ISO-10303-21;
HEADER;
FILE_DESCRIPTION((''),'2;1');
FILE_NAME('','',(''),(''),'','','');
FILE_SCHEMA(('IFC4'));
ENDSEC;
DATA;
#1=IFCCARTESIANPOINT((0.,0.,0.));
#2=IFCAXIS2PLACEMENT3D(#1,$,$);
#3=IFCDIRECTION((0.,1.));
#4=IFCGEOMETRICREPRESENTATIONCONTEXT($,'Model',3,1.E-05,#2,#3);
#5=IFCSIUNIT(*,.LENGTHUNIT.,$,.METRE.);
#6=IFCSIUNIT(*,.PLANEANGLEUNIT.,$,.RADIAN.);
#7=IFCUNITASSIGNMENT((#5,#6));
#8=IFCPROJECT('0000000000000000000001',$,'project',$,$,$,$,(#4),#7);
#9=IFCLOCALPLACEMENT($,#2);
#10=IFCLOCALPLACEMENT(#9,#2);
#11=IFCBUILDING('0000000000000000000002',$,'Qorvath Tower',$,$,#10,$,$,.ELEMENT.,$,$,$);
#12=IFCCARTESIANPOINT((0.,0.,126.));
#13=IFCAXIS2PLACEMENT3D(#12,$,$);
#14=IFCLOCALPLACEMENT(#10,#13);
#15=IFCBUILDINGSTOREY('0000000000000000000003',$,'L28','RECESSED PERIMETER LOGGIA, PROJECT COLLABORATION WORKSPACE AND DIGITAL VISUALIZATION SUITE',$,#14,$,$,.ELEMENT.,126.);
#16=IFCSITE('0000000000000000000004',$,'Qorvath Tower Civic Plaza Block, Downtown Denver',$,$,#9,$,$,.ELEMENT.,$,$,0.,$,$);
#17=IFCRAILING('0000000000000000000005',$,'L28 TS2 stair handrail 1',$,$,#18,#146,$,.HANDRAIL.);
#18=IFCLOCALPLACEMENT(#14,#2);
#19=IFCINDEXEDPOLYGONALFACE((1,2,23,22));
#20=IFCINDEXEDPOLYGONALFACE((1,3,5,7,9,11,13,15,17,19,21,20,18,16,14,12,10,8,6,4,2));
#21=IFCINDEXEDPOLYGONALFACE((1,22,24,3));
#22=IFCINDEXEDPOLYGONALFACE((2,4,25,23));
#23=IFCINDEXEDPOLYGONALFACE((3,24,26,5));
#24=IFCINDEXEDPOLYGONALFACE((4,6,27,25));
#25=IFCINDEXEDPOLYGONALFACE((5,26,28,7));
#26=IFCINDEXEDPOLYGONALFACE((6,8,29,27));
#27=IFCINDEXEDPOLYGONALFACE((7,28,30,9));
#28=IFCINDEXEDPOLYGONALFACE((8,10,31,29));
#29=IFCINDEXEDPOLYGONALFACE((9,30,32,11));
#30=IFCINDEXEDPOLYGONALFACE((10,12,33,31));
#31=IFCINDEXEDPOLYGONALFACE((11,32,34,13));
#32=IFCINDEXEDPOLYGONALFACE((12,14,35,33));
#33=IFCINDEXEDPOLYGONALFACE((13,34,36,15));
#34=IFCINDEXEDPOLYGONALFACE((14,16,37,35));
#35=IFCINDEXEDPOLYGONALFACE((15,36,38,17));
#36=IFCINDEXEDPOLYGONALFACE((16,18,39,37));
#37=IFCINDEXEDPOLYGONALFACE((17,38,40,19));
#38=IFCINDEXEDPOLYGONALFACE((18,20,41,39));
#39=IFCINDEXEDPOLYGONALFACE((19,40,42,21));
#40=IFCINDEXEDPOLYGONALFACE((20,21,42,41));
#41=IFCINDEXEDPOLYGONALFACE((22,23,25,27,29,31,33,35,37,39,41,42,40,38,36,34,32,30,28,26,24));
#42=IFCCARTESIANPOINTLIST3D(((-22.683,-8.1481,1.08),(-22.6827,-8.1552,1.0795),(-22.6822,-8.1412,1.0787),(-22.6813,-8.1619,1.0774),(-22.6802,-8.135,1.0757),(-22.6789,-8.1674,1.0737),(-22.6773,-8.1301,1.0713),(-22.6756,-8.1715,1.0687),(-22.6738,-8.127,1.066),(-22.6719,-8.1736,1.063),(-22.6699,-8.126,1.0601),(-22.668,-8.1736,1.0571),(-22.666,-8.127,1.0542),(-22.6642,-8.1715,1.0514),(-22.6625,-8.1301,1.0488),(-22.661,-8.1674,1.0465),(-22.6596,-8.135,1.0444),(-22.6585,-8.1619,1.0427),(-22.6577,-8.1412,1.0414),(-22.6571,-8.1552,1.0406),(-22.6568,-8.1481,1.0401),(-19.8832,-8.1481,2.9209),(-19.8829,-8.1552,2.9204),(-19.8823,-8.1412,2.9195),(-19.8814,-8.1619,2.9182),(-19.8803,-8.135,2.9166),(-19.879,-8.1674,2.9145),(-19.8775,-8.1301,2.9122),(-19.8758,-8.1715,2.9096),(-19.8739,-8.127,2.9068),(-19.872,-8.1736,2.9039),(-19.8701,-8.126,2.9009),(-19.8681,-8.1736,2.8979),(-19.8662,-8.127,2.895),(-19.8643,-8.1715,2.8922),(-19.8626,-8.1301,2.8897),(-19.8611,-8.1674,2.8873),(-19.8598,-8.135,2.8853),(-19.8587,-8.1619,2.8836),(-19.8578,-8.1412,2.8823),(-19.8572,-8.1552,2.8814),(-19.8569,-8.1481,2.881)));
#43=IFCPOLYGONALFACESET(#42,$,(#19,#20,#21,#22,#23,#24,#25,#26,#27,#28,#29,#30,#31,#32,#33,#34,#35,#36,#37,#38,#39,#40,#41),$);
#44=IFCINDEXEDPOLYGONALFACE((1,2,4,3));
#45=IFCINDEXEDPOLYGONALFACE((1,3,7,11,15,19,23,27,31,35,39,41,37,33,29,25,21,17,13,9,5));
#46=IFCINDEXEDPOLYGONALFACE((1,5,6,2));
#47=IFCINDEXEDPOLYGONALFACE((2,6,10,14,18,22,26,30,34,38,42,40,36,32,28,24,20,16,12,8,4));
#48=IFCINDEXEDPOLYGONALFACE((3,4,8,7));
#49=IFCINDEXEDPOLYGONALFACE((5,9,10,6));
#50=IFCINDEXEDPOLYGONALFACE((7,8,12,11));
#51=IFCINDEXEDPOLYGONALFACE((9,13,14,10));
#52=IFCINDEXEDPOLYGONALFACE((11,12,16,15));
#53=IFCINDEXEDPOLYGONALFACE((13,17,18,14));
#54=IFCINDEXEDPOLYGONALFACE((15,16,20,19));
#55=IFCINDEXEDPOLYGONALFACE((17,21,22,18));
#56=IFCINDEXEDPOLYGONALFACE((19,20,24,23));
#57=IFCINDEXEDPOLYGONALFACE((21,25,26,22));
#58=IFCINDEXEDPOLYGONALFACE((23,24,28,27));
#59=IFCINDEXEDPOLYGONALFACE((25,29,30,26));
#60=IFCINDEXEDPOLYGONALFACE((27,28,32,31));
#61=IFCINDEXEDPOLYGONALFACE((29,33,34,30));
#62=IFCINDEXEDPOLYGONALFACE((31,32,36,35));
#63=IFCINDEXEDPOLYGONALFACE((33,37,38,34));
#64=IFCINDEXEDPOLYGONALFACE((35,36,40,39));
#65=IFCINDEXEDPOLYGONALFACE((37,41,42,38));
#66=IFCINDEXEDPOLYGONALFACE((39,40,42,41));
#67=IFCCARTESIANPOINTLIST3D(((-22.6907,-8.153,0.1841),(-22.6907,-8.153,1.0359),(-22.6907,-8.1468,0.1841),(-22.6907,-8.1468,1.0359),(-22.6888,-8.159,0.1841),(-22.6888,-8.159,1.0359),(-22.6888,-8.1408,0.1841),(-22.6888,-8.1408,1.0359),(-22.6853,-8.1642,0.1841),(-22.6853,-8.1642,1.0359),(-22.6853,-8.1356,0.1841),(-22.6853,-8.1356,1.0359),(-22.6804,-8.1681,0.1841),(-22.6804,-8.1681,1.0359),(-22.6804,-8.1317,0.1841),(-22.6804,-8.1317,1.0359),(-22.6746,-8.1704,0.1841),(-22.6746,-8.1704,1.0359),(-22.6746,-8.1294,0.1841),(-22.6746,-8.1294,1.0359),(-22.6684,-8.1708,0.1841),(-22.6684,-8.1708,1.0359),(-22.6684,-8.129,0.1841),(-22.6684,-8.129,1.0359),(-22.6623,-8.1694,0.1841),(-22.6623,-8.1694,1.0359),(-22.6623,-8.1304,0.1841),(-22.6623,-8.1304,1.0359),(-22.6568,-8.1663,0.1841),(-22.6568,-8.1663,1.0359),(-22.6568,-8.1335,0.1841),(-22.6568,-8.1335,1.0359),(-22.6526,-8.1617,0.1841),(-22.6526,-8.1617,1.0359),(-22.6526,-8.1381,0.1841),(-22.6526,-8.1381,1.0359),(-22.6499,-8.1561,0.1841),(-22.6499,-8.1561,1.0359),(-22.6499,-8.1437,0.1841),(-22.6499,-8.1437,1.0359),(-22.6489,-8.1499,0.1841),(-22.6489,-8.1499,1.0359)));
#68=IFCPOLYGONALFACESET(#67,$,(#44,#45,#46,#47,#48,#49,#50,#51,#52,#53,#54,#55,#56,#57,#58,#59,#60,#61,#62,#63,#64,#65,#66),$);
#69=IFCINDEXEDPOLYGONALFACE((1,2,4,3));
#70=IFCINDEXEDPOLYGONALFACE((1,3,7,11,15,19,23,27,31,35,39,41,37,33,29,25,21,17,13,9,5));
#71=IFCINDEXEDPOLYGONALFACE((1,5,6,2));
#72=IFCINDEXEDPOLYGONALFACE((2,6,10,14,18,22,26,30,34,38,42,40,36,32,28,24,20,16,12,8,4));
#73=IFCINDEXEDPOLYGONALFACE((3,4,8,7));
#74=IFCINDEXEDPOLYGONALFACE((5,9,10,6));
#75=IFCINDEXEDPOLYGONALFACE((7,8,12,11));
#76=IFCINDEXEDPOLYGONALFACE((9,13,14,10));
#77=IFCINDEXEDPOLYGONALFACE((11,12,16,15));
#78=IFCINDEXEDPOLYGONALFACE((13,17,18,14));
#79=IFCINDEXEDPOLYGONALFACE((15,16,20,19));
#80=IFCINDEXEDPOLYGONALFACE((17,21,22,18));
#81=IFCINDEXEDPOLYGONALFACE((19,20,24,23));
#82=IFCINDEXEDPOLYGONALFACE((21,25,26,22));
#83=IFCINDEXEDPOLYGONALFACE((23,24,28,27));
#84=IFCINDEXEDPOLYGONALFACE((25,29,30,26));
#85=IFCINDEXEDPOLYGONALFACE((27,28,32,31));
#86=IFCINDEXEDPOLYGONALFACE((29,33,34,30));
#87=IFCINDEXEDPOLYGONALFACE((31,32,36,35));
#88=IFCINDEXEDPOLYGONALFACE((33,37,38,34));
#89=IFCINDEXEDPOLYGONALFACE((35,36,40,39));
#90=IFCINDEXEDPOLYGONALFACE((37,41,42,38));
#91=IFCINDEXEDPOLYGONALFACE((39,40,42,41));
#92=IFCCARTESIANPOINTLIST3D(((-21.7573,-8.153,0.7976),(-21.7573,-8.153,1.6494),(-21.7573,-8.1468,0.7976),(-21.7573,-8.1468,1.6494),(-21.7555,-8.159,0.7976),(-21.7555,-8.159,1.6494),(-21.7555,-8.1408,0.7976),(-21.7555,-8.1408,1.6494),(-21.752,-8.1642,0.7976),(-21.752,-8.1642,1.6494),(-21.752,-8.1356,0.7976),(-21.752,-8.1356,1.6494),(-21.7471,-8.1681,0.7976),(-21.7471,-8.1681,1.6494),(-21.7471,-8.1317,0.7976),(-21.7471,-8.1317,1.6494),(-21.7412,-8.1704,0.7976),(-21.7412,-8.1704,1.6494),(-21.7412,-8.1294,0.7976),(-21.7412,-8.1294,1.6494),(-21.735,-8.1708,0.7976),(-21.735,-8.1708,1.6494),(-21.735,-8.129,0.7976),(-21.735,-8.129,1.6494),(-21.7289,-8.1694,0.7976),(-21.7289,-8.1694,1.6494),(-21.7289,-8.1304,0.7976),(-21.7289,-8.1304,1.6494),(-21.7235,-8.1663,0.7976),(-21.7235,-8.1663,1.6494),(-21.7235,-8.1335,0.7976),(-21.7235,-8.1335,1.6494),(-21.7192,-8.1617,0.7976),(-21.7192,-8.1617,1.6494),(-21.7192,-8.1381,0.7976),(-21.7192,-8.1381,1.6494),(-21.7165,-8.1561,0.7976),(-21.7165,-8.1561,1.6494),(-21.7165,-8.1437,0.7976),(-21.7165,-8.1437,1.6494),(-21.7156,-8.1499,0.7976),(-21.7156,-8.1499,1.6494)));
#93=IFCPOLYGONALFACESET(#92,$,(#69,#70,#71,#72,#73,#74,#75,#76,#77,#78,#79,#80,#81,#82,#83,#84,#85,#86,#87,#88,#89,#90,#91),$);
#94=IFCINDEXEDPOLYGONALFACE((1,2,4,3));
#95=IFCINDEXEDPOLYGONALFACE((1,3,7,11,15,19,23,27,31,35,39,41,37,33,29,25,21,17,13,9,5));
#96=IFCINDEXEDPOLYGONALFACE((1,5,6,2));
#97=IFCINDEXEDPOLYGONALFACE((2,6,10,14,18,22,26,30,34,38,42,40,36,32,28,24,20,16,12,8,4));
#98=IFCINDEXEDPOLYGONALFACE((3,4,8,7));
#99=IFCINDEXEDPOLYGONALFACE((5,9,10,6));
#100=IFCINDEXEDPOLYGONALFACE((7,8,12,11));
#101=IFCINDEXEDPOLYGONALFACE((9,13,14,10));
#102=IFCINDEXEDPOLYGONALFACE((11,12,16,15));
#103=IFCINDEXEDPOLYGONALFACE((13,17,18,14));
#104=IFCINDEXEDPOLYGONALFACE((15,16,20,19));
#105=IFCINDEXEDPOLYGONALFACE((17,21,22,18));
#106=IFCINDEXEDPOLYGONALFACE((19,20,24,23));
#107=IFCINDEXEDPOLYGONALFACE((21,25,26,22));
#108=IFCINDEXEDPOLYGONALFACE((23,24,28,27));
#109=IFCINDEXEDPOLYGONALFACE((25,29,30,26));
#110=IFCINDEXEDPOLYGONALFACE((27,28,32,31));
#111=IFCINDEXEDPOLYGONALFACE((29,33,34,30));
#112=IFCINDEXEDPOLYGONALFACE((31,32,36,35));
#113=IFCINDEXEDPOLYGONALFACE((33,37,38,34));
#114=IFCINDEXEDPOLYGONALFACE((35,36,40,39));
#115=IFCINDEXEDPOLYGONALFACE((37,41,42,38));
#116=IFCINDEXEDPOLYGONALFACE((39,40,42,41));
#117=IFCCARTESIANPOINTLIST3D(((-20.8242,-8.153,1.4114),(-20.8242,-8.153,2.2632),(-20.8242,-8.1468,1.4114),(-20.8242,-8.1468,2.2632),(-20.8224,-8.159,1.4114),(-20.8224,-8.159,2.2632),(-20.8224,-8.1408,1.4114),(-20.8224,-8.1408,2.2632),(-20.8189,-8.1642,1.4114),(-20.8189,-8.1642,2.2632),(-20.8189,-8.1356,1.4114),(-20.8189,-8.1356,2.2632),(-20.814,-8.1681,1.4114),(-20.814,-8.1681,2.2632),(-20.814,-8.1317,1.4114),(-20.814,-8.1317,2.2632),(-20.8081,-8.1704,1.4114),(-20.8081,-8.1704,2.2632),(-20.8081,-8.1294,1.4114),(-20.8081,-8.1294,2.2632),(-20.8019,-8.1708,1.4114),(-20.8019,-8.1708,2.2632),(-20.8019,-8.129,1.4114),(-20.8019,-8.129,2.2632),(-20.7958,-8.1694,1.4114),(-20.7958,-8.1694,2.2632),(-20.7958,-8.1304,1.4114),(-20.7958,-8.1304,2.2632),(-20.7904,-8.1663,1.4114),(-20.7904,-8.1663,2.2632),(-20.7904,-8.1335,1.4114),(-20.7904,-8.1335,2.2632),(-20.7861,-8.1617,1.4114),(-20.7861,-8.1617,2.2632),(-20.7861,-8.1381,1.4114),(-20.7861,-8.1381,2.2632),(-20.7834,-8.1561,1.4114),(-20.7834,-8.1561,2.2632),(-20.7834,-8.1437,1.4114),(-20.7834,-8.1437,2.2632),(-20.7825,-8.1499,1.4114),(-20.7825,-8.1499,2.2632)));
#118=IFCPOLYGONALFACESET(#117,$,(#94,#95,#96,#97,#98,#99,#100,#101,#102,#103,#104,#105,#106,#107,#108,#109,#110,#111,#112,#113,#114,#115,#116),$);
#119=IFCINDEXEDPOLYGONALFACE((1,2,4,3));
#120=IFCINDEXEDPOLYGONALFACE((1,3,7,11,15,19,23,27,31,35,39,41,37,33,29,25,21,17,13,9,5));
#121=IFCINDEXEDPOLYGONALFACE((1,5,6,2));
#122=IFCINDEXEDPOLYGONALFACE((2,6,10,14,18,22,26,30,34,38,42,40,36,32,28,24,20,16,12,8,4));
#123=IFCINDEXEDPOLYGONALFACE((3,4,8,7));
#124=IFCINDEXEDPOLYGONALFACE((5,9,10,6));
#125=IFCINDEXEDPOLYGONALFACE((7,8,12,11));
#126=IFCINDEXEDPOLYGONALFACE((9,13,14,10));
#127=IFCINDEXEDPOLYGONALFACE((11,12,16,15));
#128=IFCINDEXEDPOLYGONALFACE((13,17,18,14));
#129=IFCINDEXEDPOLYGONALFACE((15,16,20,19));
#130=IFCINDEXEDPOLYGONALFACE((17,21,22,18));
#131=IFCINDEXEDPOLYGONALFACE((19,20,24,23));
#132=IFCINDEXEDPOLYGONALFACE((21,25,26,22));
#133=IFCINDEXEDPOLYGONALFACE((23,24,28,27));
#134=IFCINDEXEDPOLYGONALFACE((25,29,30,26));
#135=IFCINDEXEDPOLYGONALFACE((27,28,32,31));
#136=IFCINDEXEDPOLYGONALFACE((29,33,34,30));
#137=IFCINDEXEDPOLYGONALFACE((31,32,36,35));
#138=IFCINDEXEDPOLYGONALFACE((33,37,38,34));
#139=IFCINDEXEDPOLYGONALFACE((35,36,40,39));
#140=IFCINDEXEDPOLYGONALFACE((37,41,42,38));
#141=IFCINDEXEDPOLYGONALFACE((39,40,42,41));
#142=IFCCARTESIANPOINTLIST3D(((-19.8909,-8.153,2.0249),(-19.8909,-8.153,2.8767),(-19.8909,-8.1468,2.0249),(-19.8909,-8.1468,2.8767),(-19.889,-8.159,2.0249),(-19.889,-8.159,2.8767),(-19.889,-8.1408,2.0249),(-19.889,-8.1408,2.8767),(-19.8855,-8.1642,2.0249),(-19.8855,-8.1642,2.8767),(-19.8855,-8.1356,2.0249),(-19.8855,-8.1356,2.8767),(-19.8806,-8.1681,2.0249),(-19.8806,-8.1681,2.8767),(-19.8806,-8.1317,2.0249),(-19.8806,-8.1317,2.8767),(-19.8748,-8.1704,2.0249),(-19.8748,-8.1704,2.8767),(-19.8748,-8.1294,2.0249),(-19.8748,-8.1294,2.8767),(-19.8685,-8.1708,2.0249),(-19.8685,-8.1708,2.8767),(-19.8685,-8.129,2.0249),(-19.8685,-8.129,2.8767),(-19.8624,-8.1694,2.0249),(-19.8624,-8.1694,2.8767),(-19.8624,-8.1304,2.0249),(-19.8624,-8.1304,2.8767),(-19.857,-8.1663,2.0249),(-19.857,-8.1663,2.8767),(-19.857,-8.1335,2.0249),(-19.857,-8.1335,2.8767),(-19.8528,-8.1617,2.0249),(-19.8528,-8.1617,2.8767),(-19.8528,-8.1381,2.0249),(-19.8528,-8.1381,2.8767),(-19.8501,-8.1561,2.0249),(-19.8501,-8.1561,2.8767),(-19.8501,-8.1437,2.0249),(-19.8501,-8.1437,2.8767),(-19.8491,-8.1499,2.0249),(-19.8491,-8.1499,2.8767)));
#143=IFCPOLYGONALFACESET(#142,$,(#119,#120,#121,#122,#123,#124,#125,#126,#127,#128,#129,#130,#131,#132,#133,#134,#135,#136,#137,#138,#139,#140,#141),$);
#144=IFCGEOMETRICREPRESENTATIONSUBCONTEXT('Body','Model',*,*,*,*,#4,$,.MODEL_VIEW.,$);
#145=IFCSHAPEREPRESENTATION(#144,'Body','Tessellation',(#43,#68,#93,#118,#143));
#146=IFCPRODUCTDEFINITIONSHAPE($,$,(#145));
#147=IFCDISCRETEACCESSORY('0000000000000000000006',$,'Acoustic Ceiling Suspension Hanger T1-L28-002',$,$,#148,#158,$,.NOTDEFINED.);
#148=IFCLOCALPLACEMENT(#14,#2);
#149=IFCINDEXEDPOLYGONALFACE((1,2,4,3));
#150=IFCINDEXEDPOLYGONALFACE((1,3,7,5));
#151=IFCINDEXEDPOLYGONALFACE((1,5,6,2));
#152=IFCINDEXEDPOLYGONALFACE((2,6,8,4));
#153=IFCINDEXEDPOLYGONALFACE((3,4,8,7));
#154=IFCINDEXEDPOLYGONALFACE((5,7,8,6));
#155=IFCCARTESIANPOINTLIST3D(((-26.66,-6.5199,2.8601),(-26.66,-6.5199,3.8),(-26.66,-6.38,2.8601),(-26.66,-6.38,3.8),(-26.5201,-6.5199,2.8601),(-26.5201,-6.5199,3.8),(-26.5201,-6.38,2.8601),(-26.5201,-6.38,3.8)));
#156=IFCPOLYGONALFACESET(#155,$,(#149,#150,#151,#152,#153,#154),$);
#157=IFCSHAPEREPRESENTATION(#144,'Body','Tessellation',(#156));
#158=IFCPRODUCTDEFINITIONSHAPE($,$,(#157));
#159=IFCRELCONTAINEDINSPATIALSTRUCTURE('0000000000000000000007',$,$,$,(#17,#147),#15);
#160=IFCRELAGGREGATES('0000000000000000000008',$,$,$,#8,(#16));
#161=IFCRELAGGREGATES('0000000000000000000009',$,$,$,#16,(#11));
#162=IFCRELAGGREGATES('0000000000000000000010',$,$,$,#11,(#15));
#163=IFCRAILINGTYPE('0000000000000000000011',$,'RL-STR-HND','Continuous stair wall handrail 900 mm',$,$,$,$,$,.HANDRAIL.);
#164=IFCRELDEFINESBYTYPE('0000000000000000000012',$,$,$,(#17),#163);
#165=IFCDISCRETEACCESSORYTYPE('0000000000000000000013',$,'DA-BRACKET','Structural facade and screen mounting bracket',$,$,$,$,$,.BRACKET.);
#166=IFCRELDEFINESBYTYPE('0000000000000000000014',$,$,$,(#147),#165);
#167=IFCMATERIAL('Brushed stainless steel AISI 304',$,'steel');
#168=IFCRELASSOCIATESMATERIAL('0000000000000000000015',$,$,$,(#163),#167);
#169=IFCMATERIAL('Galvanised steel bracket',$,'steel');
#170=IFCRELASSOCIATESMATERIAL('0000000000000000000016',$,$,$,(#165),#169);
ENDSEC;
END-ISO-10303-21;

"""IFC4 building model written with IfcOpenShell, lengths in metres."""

from ifc_helpers import new_model, si_unit, direction, frame, origin, origin_2d, place, context, subcontext, project, spatial, rectangle, circle, extrude, material, type_object, element, save


model = new_model("IFC4")

# Units and contexts
model_context = context("Model", 3, precision=1e-05, world=origin(), true_north=direction((0.0, 1.0)))
body_context = subcontext(model_context, "Body", "Model", "MODEL_VIEW")
ifc_project = project(units=[si_unit("LENGTHUNIT", "METRE"), si_unit("PLANEANGLEUNIT", "RADIAN")], contexts=[model_context])

# Site, building, storey
site_placement = place(None, origin())
site = spatial("IfcSite", under=ifc_project, at=site_placement, Name="Qorvath Tower Civic Plaza Block, Downtown Denver", CompositionType="ELEMENT", RefElevation=0.0)
building_placement = place(site_placement, origin())
building = spatial("IfcBuilding", under=site, at=building_placement, Name="Qorvath Tower", CompositionType="ELEMENT")
storey_placement = place(building_placement, frame((0.0, 0.0, 126.0)))
storey = spatial("IfcBuildingStorey", under=building, at=storey_placement, Name="L28", Description="RECESSED PERIMETER LOGGIA, PROJECT COLLABORATION WORKSPACE AND DIGITAL VISUALIZATION SUITE", CompositionType="ELEMENT", Elevation=126.0)

# Railing
ifc_material_1 = material(Name="Brushed stainless steel AISI 304", Category="steel")
railing_type_1 = type_object("IfcRailingType", Name="RL-STR-HND", Description="Continuous stair wall handrail 900 mm", PredefinedType="HANDRAIL", material=ifc_material_1)
railing_1_placement = place(storey_placement, frame((-22.6699, -8.1499, 0.1841)))
element("IfcRailing", 1, at=railing_1_placement, inside=storey, type_object=railing_type_1, Name="L28 TS2 stair handrail 1", PredefinedType="HANDRAIL", context=body_context, shape_type="SweptSolid", body=[
    extrude(circle(Radius=0.0239, at=origin_2d()), frame((0.0, 0.0, 0.876), z_axis=(0.835576, 0.0, 0.549376), x_axis=(0.0, 1.0, 0.0)), (0.0, 0.0, 1.0), 3.3508),
    extrude(circle(Radius=0.021, at=origin_2d()), origin(), (0.0, 0.0, 1.0), 0.8518),
    extrude(circle(Radius=0.021, at=origin_2d()), frame((0.9333, 0.0, 0.6135)), (0.0, 0.0, 1.0), 0.8518),
    extrude(circle(Radius=0.021, at=origin_2d()), frame((1.8665, 0.0, 1.2273)), (0.0, 0.0, 1.0), 0.8518),
    extrude(circle(Radius=0.021, at=origin_2d()), frame((2.7998, 0.0, 1.8408)), (0.0, 0.0, 1.0), 0.8518),
])

# Discrete accessory
ifc_material_2 = material(Name="Galvanised steel bracket", Category="steel")
discrete_accessory_type = type_object("IfcDiscreteAccessoryType", Name="DA-BRACKET", Description="Structural facade and screen mounting bracket", PredefinedType="BRACKET", material=ifc_material_2)
discrete_accessory_placement = place(storey_placement, frame((-26.5901, -6.45, 2.8601), z_axis=(0.0, 0.0, 1.0), x_axis=(1.0, 0.0, 0.0)))
element("IfcDiscreteAccessory", 2, at=discrete_accessory_placement, inside=storey, type_object=discrete_accessory_type, Name="Acoustic Ceiling Suspension Hanger T1-L28-002", PredefinedType="NOTDEFINED", context=body_context, shape_type="SweptSolid", body=[
    extrude(rectangle(XDim=0.1399, YDim=0.1399, at=origin_2d()), origin(), (0.0, 0.0, 1.0), 0.9399),
])

save(model, "model.ifc")
